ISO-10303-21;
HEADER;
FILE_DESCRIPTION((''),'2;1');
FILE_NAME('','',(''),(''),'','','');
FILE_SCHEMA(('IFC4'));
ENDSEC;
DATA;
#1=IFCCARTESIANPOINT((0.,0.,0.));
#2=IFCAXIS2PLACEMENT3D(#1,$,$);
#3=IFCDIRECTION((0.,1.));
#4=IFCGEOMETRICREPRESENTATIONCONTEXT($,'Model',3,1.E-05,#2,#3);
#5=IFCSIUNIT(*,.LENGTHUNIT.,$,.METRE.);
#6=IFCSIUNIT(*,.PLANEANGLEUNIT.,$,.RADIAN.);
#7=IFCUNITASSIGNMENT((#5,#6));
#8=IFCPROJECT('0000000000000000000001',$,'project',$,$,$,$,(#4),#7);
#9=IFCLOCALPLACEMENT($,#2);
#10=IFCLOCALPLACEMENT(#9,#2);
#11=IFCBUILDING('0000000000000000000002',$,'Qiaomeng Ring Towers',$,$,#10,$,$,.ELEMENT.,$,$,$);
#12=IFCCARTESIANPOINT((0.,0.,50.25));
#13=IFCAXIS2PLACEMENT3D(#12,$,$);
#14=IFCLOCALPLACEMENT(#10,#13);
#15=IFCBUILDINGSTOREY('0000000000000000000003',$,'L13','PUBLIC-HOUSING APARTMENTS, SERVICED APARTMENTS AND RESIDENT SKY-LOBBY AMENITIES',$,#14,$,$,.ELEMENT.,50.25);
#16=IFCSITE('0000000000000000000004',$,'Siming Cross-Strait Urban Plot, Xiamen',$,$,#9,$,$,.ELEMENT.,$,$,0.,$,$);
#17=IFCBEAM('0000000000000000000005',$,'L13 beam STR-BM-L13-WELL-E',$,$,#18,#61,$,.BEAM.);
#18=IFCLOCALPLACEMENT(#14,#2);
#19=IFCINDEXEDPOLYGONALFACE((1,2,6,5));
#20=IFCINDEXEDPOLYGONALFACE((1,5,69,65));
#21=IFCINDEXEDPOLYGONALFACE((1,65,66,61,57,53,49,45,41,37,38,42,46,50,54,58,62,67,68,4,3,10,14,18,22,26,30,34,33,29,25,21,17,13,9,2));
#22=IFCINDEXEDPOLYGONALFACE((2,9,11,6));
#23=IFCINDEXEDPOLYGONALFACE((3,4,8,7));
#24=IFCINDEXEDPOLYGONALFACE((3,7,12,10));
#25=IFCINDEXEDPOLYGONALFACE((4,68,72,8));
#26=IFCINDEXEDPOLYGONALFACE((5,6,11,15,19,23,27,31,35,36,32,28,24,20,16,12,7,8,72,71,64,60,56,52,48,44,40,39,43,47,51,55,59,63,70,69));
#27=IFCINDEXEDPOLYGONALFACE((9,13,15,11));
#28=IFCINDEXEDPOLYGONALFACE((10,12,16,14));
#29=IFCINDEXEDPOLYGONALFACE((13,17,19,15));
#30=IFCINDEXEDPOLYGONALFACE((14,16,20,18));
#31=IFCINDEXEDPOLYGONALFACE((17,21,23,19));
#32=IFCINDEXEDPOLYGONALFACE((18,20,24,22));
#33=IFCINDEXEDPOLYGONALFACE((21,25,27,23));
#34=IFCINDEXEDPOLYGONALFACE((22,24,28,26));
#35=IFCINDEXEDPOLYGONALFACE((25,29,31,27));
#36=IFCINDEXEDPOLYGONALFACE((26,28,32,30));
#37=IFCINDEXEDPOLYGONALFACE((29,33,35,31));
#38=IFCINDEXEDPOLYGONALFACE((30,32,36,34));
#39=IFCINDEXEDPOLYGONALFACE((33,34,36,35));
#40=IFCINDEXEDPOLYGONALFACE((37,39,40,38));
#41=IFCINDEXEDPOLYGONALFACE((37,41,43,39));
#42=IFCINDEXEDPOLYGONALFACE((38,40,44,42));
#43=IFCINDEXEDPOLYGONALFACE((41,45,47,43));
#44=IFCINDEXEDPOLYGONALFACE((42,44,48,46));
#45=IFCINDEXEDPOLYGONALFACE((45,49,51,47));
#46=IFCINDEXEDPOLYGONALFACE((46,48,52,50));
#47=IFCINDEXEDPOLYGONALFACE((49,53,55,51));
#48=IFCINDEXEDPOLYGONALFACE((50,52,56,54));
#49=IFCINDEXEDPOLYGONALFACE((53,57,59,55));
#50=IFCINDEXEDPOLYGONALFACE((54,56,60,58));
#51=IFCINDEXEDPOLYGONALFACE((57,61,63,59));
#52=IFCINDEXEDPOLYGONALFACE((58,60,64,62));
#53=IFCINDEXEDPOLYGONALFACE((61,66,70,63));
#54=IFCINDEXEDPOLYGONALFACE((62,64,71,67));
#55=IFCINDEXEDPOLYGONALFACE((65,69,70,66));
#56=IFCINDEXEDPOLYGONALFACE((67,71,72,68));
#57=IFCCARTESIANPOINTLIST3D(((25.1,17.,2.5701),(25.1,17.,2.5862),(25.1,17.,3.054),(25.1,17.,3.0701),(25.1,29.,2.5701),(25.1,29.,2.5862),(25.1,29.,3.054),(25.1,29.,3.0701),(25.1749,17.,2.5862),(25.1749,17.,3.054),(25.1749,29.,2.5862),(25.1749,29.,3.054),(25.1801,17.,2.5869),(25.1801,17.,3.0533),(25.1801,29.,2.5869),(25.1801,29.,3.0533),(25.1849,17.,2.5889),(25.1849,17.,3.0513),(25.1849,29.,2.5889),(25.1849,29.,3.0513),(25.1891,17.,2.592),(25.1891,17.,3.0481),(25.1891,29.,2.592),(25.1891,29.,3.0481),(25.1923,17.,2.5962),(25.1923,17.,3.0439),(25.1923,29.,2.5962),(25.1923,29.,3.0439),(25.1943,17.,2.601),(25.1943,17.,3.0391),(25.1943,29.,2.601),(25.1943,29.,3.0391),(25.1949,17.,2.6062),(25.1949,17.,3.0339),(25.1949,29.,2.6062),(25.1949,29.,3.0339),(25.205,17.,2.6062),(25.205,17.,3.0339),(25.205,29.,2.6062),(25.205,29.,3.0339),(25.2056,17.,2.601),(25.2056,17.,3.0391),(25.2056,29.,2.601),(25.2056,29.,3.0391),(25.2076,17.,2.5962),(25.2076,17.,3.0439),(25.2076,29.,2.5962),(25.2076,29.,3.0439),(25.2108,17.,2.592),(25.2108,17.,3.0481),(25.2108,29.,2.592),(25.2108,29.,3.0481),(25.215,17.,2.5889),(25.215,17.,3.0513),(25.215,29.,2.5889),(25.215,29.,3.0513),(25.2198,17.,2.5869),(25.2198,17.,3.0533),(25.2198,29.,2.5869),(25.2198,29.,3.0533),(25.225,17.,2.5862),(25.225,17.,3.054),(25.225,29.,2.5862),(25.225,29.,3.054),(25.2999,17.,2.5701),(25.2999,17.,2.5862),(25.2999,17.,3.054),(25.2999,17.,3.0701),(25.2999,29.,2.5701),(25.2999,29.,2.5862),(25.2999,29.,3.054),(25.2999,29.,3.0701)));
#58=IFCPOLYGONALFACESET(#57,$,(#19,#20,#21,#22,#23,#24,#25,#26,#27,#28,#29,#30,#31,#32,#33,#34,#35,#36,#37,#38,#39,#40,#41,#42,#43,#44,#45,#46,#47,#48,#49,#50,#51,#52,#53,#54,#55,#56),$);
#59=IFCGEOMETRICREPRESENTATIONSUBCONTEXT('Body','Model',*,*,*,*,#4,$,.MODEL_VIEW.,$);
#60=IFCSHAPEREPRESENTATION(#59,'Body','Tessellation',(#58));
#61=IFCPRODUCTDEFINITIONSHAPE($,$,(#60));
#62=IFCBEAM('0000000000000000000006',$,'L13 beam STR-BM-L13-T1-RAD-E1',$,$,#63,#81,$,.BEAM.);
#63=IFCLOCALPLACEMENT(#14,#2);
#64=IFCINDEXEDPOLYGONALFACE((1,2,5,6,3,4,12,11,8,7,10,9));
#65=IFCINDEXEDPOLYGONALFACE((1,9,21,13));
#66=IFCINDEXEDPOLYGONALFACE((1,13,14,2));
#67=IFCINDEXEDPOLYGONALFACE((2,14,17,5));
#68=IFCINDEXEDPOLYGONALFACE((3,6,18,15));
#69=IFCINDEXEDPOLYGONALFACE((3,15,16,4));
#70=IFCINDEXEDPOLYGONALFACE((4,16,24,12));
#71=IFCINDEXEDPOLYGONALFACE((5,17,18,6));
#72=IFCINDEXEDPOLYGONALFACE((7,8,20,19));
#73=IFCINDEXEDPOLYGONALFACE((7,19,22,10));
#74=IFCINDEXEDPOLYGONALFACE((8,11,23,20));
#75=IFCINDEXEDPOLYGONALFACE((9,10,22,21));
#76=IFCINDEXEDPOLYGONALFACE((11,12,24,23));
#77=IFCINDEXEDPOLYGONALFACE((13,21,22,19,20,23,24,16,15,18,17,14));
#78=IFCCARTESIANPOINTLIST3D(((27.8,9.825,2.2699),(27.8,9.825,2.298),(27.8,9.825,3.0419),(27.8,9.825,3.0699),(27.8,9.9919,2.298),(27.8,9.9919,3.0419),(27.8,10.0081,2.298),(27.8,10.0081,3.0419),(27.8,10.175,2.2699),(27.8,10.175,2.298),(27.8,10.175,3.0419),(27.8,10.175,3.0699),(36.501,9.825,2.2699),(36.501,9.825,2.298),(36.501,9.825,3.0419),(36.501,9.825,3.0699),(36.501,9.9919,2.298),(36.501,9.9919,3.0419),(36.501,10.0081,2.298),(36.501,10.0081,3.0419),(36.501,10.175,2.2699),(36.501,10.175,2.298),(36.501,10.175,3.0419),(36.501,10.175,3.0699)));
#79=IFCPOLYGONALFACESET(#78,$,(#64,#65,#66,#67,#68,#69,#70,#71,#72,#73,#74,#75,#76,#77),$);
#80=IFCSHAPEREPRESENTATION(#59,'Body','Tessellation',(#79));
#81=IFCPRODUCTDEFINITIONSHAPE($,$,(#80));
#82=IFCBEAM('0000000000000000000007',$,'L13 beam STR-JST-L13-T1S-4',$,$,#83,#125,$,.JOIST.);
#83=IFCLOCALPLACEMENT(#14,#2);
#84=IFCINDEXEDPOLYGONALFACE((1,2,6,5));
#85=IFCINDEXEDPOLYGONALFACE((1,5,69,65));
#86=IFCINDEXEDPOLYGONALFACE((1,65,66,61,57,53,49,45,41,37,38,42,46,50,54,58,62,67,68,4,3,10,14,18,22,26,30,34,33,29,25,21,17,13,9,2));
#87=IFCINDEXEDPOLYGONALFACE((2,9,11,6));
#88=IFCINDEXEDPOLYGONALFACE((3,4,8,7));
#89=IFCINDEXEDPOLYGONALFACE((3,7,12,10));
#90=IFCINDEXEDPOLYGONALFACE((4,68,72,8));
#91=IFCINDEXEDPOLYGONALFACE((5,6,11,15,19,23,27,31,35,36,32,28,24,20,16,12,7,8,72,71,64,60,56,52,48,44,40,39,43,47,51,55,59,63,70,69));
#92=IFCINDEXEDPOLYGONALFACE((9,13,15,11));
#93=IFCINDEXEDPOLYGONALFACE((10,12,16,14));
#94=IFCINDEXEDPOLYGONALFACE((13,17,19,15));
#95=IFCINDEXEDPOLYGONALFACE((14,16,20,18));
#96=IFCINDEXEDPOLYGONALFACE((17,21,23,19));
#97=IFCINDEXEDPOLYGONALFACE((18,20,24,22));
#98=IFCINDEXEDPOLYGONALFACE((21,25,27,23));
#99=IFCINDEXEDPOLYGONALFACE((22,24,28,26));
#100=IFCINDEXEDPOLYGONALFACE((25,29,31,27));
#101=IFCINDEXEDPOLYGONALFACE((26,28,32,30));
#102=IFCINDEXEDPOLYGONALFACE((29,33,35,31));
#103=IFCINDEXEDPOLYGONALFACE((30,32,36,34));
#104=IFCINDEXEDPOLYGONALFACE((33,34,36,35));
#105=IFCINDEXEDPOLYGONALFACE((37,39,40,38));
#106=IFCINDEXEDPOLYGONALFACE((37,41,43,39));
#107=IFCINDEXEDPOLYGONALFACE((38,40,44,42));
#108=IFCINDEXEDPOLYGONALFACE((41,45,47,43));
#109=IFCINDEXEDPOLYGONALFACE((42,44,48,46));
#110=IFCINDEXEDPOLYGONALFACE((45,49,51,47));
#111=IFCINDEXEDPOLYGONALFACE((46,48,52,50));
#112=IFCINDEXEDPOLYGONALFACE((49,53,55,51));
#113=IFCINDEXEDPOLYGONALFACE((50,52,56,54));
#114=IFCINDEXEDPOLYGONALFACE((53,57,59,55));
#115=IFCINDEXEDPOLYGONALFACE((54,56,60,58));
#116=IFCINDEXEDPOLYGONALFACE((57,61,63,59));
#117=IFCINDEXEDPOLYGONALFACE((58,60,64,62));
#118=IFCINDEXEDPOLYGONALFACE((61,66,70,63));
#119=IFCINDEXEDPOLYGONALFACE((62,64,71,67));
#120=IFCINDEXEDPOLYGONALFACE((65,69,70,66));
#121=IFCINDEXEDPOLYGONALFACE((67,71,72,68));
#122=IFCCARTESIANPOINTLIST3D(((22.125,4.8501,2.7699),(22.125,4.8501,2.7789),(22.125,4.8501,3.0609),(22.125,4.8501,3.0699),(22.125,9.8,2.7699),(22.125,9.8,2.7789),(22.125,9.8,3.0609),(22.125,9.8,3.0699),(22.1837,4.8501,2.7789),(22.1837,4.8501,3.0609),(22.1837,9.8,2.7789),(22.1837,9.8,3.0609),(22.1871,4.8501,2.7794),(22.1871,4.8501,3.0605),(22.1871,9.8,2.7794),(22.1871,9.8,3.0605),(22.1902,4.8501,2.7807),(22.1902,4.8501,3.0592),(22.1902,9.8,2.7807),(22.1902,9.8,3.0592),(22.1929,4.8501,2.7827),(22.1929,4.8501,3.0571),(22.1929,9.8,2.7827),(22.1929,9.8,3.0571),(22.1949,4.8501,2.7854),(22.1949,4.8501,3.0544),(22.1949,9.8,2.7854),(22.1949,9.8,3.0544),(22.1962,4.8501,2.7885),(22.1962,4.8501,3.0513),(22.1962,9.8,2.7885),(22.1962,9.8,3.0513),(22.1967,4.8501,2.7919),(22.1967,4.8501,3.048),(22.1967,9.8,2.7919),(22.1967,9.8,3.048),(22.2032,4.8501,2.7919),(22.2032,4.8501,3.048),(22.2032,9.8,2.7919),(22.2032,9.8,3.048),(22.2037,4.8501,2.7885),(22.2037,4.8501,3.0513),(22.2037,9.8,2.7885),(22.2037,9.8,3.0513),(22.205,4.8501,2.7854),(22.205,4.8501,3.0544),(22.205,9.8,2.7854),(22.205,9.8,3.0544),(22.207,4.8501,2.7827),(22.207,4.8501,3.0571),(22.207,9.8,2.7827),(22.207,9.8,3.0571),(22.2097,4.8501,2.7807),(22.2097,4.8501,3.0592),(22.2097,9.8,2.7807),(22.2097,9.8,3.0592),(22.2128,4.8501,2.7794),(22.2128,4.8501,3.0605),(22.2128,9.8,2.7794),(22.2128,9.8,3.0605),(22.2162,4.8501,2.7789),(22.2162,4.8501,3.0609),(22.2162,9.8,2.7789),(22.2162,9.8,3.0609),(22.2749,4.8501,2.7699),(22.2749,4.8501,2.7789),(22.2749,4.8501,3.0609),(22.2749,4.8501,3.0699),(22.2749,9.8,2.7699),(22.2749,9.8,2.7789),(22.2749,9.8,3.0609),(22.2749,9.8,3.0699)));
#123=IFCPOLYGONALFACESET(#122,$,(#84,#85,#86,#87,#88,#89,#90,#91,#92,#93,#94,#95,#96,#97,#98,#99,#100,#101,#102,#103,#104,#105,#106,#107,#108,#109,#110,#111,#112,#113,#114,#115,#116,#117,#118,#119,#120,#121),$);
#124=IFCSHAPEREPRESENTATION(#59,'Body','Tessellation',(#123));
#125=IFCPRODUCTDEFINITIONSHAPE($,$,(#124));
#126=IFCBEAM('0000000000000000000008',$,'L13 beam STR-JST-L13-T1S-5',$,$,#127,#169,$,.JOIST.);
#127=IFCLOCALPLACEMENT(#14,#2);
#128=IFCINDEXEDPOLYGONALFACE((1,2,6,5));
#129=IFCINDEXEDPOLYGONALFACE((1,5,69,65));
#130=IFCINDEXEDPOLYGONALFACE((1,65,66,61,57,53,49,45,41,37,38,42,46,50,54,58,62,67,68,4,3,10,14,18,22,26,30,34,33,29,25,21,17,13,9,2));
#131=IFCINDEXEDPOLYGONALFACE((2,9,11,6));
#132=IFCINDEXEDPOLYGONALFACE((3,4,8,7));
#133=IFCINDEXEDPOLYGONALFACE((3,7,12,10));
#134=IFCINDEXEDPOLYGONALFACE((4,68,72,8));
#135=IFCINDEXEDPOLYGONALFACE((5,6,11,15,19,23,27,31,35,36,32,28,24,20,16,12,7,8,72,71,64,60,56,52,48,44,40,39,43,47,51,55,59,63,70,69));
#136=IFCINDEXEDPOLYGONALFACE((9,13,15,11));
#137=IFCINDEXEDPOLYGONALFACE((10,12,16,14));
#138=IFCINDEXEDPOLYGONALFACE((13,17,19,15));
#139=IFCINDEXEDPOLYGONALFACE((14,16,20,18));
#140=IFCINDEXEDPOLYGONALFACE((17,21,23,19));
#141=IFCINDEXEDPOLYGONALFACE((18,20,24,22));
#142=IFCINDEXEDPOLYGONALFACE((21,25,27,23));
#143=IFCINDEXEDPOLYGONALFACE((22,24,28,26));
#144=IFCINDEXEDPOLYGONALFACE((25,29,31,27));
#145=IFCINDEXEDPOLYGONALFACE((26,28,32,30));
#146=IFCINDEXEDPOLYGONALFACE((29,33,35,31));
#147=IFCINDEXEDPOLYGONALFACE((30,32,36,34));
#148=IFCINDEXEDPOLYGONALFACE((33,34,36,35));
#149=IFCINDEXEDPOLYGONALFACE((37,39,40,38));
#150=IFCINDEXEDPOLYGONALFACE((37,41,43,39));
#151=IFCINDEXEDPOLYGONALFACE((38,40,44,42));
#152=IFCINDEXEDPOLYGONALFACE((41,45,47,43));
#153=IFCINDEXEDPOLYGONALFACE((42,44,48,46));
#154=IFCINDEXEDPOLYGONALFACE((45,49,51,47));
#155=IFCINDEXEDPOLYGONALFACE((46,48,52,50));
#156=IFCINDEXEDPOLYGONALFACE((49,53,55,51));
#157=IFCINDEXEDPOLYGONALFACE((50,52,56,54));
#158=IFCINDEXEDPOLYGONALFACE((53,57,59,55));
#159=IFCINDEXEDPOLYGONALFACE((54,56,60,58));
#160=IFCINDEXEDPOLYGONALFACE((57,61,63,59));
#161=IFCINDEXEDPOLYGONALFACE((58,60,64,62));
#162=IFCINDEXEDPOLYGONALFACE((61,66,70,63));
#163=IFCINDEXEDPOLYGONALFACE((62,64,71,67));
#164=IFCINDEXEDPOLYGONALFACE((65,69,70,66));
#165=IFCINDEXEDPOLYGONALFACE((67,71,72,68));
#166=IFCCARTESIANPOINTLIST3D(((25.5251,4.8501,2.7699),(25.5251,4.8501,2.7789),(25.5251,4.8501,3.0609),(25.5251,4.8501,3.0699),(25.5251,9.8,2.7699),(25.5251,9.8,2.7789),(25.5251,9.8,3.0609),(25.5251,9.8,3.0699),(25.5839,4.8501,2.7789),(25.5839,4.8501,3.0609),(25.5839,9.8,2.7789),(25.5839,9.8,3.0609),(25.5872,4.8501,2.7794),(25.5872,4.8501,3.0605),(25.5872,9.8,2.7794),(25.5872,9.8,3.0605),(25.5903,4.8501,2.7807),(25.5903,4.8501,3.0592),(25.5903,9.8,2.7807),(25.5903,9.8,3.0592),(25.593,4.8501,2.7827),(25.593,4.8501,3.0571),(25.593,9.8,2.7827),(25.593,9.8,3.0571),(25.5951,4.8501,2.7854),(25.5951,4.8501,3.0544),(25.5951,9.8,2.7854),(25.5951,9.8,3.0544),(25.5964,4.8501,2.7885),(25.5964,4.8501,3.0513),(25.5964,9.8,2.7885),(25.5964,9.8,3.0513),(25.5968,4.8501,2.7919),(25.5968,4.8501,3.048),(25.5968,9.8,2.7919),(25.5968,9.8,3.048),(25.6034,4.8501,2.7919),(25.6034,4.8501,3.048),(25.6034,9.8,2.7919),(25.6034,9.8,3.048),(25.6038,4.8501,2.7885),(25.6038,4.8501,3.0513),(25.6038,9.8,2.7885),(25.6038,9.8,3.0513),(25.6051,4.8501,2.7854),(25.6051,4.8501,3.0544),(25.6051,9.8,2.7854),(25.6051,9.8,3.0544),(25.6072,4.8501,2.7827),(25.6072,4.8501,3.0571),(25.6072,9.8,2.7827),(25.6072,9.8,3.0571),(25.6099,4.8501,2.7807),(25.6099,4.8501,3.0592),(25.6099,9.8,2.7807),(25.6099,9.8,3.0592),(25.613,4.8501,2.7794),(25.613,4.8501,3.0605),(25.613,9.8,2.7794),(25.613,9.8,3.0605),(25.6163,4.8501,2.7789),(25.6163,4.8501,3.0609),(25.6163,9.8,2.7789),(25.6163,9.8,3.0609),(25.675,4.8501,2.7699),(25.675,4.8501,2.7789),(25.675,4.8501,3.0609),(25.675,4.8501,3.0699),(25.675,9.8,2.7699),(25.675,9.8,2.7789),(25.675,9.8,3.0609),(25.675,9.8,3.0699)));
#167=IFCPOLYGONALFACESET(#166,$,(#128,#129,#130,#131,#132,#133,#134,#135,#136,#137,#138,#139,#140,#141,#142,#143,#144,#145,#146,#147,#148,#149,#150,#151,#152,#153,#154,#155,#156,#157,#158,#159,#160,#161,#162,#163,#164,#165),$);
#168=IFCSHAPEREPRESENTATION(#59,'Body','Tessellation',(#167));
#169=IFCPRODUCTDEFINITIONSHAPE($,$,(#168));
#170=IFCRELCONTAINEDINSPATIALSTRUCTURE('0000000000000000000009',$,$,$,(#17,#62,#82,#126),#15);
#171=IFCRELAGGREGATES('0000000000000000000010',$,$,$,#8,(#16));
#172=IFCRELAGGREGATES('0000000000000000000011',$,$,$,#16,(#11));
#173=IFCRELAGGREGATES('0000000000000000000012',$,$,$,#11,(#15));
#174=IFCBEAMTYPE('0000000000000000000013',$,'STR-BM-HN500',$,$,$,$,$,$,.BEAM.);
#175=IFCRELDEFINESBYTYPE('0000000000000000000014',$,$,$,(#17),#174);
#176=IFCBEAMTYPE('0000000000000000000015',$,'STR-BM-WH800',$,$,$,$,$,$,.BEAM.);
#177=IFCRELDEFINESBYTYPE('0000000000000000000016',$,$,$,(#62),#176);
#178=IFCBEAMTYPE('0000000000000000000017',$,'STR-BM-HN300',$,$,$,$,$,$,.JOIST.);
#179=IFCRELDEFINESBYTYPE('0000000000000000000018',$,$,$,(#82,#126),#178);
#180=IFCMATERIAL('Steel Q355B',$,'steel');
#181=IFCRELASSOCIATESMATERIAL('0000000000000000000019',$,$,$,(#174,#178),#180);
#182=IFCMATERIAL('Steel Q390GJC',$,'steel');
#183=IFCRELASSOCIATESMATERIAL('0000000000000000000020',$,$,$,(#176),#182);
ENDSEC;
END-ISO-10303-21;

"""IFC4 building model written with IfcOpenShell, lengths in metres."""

from ifc_helpers import new_model, si_unit, direction, frame, origin, origin_2d, place, context, subcontext, project, spatial, i_section, extrude, source, transform, mapped, material, material_profile, profile_set, type_object, element, save


model = new_model("IFC4")

# Units and contexts
model_context = context("Model", 3, precision=1e-05, world=origin(), true_north=direction((0.0, 1.0)))
body_context = subcontext(model_context, "Body", "Model", "MODEL_VIEW")
ifc_project = project(units=[si_unit("LENGTHUNIT", "METRE"), si_unit("PLANEANGLEUNIT", "RADIAN")], contexts=[model_context])

# Site, building, storey
site_placement = place(None, origin())
site = spatial("IfcSite", under=ifc_project, at=site_placement, Name="Siming Cross-Strait Urban Plot, Xiamen", CompositionType="ELEMENT", RefElevation=0.0)
building_placement = place(site_placement, origin())
building = spatial("IfcBuilding", under=site, at=building_placement, Name="Qiaomeng Ring Towers", CompositionType="ELEMENT")
storey_placement = place(building_placement, frame((0.0, 0.0, 50.25)))
storey = spatial("IfcBuildingStorey", under=building, at=storey_placement, Name="L13", Description="PUBLIC-HOUSING APARTMENTS, SERVICED APARTMENTS AND RESIDENT SKY-LOBBY AMENITIES", CompositionType="ELEMENT", Elevation=50.25)

# Beams
ifc_material_1 = material(Name="Steel Q355B", Category="steel")
ifc_material_profile_1 = material_profile(ifc_material_1, i_section(OverallWidth=0.2, OverallDepth=0.5, WebThickness=0.01, FlangeThickness=0.0161, FilletRadius=0.02, at=origin_2d()), Name="HN 500x200x10x16")
ifc_profile_set_1 = profile_set([ifc_material_profile_1], Name="Steel Q355B")
beam_type_1 = type_object("IfcBeamType", Name="STR-BM-HN500", PredefinedType="BEAM", material=ifc_profile_set_1)
shared_shape_1 = source(origin(), body_context, "Body", "SweptSolid", [
    extrude(i_section(OverallWidth=0.2, OverallDepth=0.5, WebThickness=0.01, FlangeThickness=0.0161, FilletRadius=0.02, at=origin_2d()), origin(), (0.0, 0.0, 1.0), 12.0),
])
beam_1_placement = place(storey_placement, frame((25.2, 17.0, 2.8201), z_axis=(0.0, 1.0, 0.0), x_axis=(-1.0, 0.0, 0.0)))
element("IfcBeam", 1, at=beam_1_placement, inside=storey, type_object=beam_type_1, Name="L13 beam STR-BM-L13-WELL-E", PredefinedType="BEAM", context=body_context, shape_type="MappedRepresentation", body=[
    mapped(shared_shape_1, transform((0.0, 0.0, 0.0), x_axis=(1.0, 0.0, 0.0), y_axis=(0.0, 1.0, 0.0), z_axis=(0.0, 0.0, 1.0), scale=1.0)),
])
ifc_material_2 = material(Name="Steel Q390GJC", Category="steel")
ifc_material_profile_2 = material_profile(ifc_material_2, i_section(OverallWidth=0.3501, OverallDepth=0.8, WebThickness=0.0161, FlangeThickness=0.0281, at=origin_2d()), Name="WH 800x350x16x28")
ifc_profile_set_2 = profile_set([ifc_material_profile_2], Name="Steel Q390GJC")
beam_type_2 = type_object("IfcBeamType", Name="STR-BM-WH800", PredefinedType="BEAM", material=ifc_profile_set_2)
shared_shape_2 = source(origin(), body_context, "Body", "SweptSolid", [
    extrude(i_section(OverallWidth=0.3501, OverallDepth=0.8, WebThickness=0.0161, FlangeThickness=0.0281, at=origin_2d()), origin(), (0.0, 0.0, 1.0), 8.7009),
])
beam_2_placement = place(storey_placement, frame((27.8, 10.0, 2.6699), z_axis=(1.0, 0.0, 0.0), x_axis=(0.0, 1.0, 0.0)))
element("IfcBeam", 2, at=beam_2_placement, inside=storey, type_object=beam_type_2, Name="L13 beam STR-BM-L13-T1-RAD-E1", PredefinedType="BEAM", context=body_context, shape_type="MappedRepresentation", body=[
    mapped(shared_shape_2, transform((0.0, 0.0, 0.0), x_axis=(1.0, 0.0, 0.0), y_axis=(0.0, 1.0, 0.0), z_axis=(0.0, 0.0, 1.0), scale=1.0)),
])
ifc_material_profile_3 = material_profile(ifc_material_1, i_section(OverallWidth=0.1499, OverallDepth=0.3, WebThickness=0.0066, FlangeThickness=0.009, FilletRadius=0.0129, at=origin_2d()), Name="HN 300x150x6.5x9")
ifc_profile_set_3 = profile_set([ifc_material_profile_3], Name="Steel Q355B")
beam_type_3 = type_object("IfcBeamType", Name="STR-BM-HN300", PredefinedType="JOIST", material=ifc_profile_set_3)
shared_shape_3 = source(origin(), body_context, "Body", "SweptSolid", [
    extrude(i_section(OverallWidth=0.1499, OverallDepth=0.3, WebThickness=0.0066, FlangeThickness=0.009, FilletRadius=0.0129, at=origin_2d()), origin(), (0.0, 0.0, 1.0), 4.95),
])
for number, where, z_axis, x_axis, name in (
    (3, (22.2, 4.8501, 2.9199), (0.0, 1.0, 0.0), (-1.0, 0.0, 0.0), "L13 beam STR-JST-L13-T1S-4"),
    (4, (25.6001, 4.8501, 2.9199), (0.0, 1.0, 0.0), (-1.0, 0.0, 0.0), "L13 beam STR-JST-L13-T1S-5"),
):
    element("IfcBeam", number, at=place(storey_placement, frame(where, z_axis=z_axis, x_axis=x_axis)), inside=storey, type_object=beam_type_3, Name=name, PredefinedType="JOIST", context=body_context, shape_type="MappedRepresentation", body=[
        mapped(shared_shape_3, transform((0.0, 0.0, 0.0), x_axis=(1.0, 0.0, 0.0), y_axis=(0.0, 1.0, 0.0), z_axis=(0.0, 0.0, 1.0), scale=1.0)),
    ])

save(model, "model.ifc")
